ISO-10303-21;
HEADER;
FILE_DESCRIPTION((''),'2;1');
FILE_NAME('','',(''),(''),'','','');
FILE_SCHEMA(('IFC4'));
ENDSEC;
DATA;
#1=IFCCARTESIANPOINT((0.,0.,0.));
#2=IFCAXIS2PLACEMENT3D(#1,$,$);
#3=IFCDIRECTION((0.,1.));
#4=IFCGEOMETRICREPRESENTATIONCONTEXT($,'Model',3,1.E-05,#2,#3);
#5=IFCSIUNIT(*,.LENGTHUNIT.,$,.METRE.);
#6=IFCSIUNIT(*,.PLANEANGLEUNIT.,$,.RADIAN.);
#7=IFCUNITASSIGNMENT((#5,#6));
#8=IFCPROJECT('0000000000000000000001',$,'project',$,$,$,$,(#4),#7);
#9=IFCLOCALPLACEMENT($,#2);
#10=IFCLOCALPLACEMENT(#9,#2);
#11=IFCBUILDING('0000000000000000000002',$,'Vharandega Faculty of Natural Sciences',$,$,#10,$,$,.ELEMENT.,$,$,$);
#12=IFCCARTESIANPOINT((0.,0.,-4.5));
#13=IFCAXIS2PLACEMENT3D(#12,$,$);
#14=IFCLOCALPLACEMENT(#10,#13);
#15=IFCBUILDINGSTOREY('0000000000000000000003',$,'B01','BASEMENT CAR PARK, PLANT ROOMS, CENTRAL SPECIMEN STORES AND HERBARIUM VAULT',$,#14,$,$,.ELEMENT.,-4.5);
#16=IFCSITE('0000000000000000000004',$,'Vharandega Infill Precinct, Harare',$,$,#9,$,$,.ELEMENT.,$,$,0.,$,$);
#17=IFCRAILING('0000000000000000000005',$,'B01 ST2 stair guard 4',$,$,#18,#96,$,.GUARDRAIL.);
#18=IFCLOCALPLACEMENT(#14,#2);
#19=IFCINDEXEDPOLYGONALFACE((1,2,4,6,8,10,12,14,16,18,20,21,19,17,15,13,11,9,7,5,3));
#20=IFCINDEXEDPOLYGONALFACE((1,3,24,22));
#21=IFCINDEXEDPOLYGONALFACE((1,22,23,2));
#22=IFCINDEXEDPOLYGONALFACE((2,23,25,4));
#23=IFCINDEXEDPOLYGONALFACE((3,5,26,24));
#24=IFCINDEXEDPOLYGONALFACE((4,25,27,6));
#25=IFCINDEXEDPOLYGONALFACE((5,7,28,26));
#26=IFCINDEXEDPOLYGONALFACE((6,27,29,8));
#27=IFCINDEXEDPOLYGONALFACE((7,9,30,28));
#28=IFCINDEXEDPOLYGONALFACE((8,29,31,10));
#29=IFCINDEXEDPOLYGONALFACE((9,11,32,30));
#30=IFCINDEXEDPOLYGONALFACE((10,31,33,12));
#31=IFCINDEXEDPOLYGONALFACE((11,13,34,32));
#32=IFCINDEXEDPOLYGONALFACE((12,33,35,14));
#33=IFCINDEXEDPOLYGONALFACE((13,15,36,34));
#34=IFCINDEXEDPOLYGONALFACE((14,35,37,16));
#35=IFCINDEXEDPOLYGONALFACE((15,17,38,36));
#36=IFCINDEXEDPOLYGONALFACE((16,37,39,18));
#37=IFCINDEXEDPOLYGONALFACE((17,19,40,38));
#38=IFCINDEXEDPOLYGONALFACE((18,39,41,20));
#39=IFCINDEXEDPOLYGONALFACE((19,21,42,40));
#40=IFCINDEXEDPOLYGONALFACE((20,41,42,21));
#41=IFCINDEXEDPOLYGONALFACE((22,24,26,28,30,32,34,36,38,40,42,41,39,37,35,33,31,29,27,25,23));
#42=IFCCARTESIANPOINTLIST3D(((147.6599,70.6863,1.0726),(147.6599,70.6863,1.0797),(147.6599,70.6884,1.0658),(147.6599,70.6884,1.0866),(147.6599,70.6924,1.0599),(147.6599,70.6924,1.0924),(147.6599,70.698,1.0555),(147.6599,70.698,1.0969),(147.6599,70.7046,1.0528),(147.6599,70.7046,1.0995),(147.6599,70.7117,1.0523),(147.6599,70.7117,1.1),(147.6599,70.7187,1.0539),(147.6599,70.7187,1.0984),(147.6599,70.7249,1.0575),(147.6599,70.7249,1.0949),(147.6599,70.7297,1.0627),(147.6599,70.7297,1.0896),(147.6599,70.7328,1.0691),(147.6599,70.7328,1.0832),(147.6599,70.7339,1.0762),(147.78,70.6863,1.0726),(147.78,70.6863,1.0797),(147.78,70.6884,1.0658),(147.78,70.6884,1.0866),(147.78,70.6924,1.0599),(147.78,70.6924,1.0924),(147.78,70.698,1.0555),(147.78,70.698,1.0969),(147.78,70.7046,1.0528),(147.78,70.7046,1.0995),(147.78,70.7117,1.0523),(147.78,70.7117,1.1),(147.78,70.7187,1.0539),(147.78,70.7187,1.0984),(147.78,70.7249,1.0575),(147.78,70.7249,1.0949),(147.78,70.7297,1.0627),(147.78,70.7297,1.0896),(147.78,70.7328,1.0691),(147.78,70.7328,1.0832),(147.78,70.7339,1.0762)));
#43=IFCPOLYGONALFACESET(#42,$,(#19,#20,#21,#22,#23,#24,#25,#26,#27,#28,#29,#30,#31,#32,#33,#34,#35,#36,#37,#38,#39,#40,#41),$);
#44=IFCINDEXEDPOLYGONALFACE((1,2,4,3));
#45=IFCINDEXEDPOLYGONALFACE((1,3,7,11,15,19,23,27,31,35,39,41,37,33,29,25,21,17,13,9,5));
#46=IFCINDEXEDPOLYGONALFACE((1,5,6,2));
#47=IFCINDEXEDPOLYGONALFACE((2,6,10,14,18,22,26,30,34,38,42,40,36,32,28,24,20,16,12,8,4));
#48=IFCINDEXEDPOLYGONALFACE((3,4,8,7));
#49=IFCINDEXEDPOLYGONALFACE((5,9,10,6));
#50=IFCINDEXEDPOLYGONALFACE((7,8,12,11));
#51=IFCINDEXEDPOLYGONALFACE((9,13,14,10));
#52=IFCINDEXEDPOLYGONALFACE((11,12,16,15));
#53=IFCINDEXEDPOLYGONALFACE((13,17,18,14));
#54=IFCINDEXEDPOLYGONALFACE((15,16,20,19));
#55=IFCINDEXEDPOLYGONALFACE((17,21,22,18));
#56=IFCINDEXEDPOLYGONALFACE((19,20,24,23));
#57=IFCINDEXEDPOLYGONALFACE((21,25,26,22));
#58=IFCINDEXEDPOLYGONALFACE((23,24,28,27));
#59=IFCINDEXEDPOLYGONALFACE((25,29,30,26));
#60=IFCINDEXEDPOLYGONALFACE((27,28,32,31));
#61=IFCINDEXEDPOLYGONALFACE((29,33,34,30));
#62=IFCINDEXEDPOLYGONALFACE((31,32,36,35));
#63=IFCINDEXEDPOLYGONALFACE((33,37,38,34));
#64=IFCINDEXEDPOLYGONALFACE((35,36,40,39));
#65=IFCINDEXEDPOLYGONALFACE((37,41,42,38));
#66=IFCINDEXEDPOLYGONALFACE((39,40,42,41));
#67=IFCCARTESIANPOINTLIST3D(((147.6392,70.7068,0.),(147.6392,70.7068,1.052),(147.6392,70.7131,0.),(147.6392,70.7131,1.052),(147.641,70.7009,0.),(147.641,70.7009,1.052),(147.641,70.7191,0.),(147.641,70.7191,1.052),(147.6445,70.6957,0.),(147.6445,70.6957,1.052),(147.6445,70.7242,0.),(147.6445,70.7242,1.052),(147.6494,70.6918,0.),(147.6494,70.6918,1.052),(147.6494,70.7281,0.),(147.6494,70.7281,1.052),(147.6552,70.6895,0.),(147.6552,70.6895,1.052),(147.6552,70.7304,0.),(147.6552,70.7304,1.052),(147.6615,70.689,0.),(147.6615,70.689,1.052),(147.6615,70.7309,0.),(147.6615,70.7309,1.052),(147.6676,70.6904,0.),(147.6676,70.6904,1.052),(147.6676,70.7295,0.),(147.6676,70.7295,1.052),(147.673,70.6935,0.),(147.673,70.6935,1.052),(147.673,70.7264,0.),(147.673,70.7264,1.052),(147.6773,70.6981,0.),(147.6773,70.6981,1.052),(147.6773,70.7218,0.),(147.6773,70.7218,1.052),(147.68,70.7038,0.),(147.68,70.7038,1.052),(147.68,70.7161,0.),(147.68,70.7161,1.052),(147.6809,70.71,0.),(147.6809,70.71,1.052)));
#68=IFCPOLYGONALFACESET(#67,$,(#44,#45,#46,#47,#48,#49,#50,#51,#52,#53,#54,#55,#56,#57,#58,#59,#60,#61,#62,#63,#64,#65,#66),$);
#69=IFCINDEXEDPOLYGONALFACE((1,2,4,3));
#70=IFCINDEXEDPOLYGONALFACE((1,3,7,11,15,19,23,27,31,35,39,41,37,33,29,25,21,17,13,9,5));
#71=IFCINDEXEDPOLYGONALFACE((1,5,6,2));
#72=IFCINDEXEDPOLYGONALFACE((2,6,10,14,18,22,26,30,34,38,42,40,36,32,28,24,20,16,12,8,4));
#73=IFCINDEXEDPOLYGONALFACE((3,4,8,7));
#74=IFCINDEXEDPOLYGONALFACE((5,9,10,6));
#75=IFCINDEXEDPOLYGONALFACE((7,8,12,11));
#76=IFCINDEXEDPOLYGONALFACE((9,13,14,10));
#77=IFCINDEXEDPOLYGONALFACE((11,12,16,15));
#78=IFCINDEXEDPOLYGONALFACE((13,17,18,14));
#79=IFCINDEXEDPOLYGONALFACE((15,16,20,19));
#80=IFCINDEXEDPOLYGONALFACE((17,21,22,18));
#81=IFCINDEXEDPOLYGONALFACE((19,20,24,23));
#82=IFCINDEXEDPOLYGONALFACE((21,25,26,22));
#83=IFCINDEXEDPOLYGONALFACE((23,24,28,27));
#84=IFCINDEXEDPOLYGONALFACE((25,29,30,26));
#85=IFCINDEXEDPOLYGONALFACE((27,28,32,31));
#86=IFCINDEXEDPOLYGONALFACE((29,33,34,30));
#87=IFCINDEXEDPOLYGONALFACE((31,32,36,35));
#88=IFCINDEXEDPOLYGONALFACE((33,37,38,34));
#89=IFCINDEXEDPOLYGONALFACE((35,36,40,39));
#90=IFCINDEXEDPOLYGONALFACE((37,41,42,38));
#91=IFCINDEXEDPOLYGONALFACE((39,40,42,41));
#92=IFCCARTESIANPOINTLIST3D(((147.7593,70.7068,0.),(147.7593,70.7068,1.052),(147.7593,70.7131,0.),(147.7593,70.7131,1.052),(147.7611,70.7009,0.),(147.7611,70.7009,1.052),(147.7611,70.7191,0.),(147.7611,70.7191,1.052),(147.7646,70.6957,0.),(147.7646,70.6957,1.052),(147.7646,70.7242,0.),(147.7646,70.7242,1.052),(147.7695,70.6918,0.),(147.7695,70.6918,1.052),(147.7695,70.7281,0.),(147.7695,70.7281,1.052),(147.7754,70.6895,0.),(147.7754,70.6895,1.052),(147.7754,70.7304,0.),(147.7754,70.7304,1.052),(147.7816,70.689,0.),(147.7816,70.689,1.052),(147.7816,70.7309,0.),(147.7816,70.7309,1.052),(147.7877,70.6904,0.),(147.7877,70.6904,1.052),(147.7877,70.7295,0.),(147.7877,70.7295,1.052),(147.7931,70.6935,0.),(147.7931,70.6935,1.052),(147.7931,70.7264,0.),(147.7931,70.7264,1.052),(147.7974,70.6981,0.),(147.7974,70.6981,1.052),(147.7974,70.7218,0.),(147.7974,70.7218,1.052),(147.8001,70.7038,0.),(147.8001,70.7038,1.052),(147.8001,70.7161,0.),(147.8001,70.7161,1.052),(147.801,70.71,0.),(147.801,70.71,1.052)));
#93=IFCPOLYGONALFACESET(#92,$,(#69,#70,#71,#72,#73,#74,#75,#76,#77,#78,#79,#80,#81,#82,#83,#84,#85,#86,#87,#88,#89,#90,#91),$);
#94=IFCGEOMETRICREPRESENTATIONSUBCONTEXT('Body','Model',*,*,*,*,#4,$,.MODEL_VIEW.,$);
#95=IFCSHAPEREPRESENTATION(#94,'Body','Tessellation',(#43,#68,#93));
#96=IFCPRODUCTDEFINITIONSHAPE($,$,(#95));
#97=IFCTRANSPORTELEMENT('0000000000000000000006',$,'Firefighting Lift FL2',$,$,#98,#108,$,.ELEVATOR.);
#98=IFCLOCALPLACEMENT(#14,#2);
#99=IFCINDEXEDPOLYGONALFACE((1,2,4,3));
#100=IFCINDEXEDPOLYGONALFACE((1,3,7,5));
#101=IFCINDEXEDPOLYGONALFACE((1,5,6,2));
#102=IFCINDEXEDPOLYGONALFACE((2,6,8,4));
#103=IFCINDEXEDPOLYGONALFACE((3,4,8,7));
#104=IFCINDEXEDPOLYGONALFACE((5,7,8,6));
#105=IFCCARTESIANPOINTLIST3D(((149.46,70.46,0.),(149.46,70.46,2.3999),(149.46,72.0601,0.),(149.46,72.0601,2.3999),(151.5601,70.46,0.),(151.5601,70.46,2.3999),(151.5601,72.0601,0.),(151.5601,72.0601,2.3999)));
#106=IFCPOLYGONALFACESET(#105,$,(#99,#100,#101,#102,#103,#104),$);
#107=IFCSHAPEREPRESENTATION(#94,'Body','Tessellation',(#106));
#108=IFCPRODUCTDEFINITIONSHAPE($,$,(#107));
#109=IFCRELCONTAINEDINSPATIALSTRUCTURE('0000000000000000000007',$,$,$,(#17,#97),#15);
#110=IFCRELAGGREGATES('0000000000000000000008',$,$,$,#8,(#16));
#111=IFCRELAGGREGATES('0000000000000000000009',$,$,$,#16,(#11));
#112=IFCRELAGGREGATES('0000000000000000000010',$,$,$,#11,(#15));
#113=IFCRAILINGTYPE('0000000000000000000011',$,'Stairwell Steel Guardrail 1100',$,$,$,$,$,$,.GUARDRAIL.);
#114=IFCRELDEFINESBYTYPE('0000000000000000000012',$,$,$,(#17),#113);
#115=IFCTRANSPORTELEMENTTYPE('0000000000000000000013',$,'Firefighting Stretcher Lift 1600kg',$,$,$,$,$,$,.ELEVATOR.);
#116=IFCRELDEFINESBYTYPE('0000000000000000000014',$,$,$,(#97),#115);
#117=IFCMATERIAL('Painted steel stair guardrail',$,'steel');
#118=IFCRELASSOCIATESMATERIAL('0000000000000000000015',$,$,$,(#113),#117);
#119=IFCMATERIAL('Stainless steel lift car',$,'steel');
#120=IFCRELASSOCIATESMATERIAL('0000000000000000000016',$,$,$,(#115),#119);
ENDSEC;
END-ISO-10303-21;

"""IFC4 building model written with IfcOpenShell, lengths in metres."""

from ifc_helpers import new_model, si_unit, direction, frame, origin, origin_2d, place, context, subcontext, project, spatial, rectangle, circle, extrude, material, type_object, element, save


model = new_model("IFC4")

# Units and contexts
model_context = context("Model", 3, precision=1e-05, world=origin(), true_north=direction((0.0, 1.0)))
body_context = subcontext(model_context, "Body", "Model", "MODEL_VIEW")
ifc_project = project(units=[si_unit("LENGTHUNIT", "METRE"), si_unit("PLANEANGLEUNIT", "RADIAN")], contexts=[model_context])

# Site, building, storey
site_placement = place(None, origin())
site = spatial("IfcSite", under=ifc_project, at=site_placement, Name="Vharandega Infill Precinct, Harare", CompositionType="ELEMENT", RefElevation=0.0)
building_placement = place(site_placement, origin())
building = spatial("IfcBuilding", under=site, at=building_placement, Name="Vharandega Faculty of Natural Sciences", CompositionType="ELEMENT")
storey_placement = place(building_placement, frame((0.0, 0.0, -4.5)))
storey = spatial("IfcBuildingStorey", under=building, at=storey_placement, Name="B01", Description="BASEMENT CAR PARK, PLANT ROOMS, CENTRAL SPECIMEN STORES AND HERBARIUM VAULT", CompositionType="ELEMENT", Elevation=-4.5)

# Railing
ifc_material_1 = material(Name="Painted steel stair guardrail", Category="steel")
railing_type_1 = type_object("IfcRailingType", Name="Stairwell Steel Guardrail 1100", PredefinedType="GUARDRAIL", material=ifc_material_1)
railing_1_placement = place(storey_placement, frame((147.6599, 70.71, 0.0)))
element("IfcRailing", 1, at=railing_1_placement, inside=storey, type_object=railing_type_1, Name="B01 ST2 stair guard 4", PredefinedType="GUARDRAIL", context=body_context, shape_type="SweptSolid", body=[
    extrude(circle(Radius=0.0239, at=origin_2d()), frame((0.0, 0.0, 1.0762), z_axis=(1.0, 0.0, 0.0), x_axis=(0.0, 1.0, 0.0)), (0.0, 0.0, 1.0), 0.1201),
    extrude(circle(Radius=0.021, at=origin_2d()), origin(), (0.0, 0.0, 1.0), 1.052),
    extrude(circle(Radius=0.021, at=origin_2d()), frame((0.1201, 0.0, 0.0)), (0.0, 0.0, 1.0), 1.052),
])

# Transport element
ifc_material_2 = material(Name="Stainless steel lift car", Category="steel")
transport_element_type = type_object("IfcTransportElementType", Name="Firefighting Stretcher Lift 1600kg", PredefinedType="ELEVATOR", material=ifc_material_2)
transport_element_placement = place(storey_placement, frame((150.51, 71.26, 0.0), z_axis=(0.0, 0.0, 1.0), x_axis=(1.0, 0.0, 0.0)))
element("IfcTransportElement", 2, at=transport_element_placement, inside=storey, type_object=transport_element_type, Name="Firefighting Lift FL2", PredefinedType="ELEVATOR", context=body_context, shape_type="SweptSolid", body=[
    extrude(rectangle(XDim=2.1001, YDim=1.6001, at=origin_2d()), origin(), (0.0, 0.0, 1.0), 2.3999),
])

save(model, "model.ifc")
